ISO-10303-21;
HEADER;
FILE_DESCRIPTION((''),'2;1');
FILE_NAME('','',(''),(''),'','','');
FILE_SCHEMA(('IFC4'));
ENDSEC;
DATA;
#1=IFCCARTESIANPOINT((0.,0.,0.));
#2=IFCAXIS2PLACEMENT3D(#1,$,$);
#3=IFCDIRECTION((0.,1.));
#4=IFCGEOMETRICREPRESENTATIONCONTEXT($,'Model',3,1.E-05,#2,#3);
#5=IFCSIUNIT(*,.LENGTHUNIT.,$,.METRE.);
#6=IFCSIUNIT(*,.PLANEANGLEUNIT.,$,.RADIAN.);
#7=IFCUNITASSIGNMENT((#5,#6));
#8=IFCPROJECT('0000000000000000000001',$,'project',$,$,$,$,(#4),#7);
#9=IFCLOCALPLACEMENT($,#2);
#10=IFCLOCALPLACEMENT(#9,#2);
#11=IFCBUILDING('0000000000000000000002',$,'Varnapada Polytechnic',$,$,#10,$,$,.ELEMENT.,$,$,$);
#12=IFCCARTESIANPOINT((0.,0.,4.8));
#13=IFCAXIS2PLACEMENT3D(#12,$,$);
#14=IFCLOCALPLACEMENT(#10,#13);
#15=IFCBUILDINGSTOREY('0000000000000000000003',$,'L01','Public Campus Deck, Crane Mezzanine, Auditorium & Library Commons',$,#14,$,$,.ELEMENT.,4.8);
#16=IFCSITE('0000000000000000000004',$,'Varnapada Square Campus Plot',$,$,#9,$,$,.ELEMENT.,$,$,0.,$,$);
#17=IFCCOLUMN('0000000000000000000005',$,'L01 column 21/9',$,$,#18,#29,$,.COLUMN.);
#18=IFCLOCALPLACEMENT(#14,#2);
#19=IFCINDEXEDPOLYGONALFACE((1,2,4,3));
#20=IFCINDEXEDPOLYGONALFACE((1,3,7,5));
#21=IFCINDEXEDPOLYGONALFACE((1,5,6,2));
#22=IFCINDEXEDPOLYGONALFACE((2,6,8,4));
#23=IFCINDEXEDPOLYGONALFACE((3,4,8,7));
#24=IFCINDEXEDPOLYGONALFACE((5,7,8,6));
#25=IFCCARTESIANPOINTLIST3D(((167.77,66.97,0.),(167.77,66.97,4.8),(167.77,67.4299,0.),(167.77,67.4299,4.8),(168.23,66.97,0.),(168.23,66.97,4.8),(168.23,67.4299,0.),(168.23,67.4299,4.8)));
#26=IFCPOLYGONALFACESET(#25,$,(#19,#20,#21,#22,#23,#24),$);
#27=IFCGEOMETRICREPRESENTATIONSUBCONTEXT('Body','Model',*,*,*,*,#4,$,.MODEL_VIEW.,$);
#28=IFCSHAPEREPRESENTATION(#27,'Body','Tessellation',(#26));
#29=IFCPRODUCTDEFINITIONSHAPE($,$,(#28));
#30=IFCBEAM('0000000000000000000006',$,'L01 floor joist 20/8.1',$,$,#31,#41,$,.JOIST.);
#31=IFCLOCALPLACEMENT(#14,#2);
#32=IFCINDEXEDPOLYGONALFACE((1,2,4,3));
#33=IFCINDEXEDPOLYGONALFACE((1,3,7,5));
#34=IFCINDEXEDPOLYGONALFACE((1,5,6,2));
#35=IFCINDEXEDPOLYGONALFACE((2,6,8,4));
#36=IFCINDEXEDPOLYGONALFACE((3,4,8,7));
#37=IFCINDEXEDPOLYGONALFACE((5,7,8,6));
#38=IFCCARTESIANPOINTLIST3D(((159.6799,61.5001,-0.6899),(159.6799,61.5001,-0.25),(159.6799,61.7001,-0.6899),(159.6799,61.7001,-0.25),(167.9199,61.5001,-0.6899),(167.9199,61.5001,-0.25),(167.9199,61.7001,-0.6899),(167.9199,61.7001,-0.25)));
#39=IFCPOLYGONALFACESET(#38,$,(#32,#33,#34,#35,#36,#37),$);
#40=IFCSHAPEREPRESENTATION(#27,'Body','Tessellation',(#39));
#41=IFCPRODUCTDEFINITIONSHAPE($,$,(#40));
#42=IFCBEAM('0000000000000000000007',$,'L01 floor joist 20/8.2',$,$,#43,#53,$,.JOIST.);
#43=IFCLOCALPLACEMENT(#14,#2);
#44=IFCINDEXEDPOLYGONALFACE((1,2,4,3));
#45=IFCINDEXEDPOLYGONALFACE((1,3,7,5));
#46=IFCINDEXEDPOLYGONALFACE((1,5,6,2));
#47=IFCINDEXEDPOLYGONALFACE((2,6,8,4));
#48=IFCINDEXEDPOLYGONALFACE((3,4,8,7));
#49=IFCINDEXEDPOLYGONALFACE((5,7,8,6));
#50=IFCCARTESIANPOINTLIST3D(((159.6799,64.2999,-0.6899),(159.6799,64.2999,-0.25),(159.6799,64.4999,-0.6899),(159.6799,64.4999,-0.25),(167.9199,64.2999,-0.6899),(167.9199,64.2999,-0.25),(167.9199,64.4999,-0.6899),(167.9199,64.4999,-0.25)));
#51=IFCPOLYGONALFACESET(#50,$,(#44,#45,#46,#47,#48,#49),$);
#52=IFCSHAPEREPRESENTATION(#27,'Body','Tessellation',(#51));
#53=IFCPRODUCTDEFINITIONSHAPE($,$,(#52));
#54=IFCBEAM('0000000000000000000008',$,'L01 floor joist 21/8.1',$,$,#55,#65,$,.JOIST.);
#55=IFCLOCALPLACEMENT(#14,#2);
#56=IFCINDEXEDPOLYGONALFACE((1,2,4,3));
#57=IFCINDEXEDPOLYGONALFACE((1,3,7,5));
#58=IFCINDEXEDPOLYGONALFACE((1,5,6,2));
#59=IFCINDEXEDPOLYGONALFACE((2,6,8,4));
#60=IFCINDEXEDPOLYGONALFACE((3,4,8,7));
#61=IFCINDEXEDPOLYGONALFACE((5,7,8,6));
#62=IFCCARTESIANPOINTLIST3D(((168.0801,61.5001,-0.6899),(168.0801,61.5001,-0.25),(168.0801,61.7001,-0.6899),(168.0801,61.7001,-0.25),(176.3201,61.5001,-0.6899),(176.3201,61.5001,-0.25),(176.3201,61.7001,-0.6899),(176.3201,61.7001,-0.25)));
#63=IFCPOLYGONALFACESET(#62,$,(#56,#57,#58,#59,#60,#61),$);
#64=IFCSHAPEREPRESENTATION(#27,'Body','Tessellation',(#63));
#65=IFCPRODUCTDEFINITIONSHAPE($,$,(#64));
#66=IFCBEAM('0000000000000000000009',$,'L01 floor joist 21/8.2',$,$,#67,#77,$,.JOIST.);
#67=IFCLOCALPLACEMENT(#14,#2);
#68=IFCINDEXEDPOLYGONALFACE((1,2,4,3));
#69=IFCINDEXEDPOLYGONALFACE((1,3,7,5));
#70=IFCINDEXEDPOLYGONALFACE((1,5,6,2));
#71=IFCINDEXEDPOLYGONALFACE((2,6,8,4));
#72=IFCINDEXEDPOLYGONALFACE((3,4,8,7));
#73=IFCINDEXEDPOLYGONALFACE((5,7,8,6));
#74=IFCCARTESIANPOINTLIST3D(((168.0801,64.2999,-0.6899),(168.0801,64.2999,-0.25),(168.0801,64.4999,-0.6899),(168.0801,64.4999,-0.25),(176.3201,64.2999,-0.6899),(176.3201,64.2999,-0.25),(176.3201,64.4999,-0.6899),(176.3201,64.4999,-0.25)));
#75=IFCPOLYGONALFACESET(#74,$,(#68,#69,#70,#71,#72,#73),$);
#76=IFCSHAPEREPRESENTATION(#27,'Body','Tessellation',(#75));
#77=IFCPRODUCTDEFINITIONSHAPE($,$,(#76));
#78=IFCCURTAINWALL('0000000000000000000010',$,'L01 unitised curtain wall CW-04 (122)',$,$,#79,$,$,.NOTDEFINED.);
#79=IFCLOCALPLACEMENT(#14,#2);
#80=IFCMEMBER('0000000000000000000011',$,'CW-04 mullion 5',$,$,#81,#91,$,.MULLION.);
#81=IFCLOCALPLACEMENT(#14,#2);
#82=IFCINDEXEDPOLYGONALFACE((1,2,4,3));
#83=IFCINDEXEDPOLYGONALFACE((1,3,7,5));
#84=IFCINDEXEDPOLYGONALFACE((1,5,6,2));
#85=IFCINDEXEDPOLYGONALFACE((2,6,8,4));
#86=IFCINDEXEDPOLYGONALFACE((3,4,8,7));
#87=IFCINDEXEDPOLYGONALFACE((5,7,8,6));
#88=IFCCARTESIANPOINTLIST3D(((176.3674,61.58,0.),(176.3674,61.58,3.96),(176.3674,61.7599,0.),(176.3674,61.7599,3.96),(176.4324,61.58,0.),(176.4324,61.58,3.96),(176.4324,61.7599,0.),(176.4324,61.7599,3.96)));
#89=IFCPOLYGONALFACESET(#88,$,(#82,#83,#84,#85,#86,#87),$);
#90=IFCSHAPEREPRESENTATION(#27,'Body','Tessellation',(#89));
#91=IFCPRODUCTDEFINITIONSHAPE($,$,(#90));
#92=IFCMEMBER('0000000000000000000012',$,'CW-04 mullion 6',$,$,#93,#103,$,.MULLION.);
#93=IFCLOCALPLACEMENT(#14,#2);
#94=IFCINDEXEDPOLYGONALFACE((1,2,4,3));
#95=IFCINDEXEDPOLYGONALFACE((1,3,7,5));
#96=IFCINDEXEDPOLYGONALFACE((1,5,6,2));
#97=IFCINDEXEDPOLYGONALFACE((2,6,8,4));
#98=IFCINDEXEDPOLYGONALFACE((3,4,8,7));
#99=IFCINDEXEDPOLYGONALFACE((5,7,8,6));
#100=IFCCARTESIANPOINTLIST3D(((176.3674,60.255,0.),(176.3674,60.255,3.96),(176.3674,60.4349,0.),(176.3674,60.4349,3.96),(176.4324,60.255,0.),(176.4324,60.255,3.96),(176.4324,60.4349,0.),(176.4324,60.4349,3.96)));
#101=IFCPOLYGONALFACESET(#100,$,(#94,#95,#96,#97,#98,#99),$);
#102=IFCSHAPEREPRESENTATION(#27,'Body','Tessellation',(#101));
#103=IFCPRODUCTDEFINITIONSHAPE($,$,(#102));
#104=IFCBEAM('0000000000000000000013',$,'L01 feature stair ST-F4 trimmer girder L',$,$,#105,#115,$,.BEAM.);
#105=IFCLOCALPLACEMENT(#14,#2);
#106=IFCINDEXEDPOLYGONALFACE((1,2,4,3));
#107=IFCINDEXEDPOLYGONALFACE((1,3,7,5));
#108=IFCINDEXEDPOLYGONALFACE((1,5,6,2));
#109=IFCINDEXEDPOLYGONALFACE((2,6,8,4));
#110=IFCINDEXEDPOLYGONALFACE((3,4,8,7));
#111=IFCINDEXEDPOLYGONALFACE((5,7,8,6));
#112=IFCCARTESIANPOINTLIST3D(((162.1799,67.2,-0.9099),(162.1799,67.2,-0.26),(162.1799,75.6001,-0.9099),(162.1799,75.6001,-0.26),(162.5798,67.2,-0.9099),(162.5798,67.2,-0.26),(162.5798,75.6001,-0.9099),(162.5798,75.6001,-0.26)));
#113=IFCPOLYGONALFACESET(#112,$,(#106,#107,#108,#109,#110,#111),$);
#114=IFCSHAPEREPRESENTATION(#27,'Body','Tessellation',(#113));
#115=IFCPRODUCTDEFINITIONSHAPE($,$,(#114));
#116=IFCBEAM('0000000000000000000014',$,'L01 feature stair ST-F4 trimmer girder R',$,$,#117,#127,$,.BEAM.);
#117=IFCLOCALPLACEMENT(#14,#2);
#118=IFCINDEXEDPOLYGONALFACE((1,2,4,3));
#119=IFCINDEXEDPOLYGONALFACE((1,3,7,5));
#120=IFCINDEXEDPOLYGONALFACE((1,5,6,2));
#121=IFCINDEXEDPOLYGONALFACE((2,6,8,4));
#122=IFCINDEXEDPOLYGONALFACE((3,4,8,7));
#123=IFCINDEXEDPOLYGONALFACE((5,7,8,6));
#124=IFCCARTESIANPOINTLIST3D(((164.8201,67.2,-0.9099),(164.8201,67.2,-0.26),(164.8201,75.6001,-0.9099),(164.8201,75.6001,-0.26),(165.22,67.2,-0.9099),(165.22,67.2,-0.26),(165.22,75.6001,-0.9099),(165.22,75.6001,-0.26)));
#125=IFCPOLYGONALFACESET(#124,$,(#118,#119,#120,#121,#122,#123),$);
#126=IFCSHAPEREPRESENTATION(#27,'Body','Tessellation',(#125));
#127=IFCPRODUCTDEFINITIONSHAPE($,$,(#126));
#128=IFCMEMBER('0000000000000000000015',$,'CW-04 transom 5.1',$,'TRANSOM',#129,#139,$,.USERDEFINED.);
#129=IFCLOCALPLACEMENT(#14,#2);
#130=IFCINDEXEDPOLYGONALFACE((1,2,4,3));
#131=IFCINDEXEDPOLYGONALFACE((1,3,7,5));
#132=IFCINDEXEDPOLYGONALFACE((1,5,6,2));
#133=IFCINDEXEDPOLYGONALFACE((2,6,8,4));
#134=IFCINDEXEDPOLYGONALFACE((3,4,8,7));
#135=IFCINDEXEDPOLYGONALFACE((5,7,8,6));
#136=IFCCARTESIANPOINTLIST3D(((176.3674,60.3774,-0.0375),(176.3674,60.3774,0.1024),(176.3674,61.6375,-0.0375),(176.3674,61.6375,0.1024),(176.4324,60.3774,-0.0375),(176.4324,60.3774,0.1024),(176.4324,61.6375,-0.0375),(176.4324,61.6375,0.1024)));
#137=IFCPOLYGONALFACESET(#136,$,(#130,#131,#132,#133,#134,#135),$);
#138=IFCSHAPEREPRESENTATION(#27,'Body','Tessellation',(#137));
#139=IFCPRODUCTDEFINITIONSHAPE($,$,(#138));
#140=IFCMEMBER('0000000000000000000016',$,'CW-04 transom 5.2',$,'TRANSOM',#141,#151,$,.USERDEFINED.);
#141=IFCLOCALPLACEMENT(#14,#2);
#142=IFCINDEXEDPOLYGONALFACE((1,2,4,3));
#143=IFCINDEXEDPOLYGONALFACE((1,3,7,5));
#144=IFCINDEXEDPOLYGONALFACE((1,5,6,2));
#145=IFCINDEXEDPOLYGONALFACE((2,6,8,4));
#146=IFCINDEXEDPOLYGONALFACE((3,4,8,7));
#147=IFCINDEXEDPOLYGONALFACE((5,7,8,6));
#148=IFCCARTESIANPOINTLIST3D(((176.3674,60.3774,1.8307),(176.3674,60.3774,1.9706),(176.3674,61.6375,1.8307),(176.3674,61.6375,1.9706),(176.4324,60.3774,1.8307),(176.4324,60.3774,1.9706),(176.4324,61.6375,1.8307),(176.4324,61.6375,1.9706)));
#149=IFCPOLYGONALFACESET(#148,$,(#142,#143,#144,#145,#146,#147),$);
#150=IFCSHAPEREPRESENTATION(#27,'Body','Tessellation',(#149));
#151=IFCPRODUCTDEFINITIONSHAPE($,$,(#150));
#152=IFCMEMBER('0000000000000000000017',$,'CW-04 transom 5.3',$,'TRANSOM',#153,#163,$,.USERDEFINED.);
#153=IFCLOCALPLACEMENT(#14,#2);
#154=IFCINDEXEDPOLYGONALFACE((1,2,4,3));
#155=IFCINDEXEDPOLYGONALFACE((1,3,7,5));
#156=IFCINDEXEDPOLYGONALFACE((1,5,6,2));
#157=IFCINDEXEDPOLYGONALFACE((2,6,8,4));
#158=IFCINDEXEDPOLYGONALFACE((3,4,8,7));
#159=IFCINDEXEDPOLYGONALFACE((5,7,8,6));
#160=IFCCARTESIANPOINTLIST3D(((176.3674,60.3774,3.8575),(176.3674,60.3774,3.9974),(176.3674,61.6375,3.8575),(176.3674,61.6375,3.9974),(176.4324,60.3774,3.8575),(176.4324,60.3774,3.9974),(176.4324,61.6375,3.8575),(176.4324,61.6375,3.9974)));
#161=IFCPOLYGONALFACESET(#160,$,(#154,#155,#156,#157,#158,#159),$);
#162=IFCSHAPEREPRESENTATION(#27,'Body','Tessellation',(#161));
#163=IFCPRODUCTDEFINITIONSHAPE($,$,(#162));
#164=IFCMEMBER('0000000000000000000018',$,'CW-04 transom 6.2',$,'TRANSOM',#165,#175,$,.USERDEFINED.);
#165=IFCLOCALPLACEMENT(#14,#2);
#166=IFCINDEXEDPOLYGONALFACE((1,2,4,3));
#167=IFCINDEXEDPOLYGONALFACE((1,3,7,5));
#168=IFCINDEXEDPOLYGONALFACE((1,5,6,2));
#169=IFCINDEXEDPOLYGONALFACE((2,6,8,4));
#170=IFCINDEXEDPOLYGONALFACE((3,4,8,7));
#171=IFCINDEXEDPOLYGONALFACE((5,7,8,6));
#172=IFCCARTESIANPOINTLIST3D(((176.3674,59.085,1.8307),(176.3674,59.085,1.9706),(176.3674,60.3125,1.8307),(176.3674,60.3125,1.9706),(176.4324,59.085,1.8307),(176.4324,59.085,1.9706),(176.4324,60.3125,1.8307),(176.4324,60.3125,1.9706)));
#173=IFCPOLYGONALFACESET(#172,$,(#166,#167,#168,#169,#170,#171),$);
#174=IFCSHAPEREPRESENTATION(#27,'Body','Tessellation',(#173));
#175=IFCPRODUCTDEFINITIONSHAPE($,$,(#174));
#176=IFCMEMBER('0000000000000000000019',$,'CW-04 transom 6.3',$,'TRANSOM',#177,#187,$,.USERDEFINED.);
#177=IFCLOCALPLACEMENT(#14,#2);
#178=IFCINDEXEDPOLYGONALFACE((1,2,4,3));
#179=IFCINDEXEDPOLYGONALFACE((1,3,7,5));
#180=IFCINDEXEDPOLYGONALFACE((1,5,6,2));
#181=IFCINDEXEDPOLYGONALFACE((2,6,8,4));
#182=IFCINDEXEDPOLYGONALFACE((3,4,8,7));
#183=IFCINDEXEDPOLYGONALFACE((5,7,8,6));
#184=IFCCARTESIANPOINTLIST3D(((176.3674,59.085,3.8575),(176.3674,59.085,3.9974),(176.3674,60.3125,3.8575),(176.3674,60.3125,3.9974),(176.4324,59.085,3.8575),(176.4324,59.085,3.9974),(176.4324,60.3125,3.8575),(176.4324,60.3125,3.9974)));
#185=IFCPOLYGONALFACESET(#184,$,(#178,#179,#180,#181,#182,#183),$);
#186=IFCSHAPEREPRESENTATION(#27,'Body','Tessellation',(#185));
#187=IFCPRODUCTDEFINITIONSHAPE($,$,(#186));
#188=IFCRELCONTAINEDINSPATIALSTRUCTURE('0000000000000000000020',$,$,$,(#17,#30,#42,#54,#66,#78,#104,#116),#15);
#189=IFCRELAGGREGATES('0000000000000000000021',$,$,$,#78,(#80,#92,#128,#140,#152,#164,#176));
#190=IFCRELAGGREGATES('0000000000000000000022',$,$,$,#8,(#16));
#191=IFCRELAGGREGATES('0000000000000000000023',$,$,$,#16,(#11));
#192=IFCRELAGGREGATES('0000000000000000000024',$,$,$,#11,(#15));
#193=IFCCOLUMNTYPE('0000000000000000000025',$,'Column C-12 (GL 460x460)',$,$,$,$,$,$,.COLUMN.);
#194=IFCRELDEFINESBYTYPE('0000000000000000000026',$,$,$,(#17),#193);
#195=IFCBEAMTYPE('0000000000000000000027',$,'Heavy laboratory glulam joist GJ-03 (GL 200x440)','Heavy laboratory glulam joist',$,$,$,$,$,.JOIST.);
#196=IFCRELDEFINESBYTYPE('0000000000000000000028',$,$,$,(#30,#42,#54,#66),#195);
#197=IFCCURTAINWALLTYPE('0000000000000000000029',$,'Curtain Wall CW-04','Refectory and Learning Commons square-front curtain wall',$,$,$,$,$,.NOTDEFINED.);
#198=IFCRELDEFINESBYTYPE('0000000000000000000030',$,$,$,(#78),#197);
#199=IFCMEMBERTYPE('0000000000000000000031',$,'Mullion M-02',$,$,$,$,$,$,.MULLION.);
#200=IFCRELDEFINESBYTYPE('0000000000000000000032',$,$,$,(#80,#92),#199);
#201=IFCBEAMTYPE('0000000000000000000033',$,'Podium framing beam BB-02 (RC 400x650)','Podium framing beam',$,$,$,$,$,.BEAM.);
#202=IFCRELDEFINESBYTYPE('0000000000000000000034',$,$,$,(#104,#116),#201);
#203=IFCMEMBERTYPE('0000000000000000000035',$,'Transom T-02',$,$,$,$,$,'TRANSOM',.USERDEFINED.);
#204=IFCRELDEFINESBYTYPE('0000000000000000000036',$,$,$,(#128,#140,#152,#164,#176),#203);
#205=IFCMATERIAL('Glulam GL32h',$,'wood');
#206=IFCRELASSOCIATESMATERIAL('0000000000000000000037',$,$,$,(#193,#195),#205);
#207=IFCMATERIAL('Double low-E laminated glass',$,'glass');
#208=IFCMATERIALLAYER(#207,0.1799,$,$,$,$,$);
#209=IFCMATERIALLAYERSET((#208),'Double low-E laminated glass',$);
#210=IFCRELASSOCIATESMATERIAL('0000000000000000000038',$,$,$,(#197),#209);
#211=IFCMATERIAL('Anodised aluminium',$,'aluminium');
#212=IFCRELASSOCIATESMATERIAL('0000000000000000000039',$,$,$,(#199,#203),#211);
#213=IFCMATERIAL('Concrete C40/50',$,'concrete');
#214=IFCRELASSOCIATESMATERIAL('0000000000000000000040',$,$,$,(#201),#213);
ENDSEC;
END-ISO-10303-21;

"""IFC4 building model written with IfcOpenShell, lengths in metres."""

from ifc_helpers import new_model, si_unit, direction, frame, origin, origin_2d, place, context, subcontext, project, spatial, rectangle, extrude, material, layer, layer_set, material_profile, profile_set, type_object, element, aggregate, save


model = new_model("IFC4")

# Units and contexts
model_context = context("Model", 3, precision=1e-05, world=origin(), true_north=direction((0.0, 1.0)))
body_context = subcontext(model_context, "Body", "Model", "MODEL_VIEW")
ifc_project = project(units=[si_unit("LENGTHUNIT", "METRE"), si_unit("PLANEANGLEUNIT", "RADIAN")], contexts=[model_context])

# Site, building, storey
site_placement = place(None, origin())
site = spatial("IfcSite", under=ifc_project, at=site_placement, Name="Varnapada Square Campus Plot", CompositionType="ELEMENT", RefElevation=0.0)
building_placement = place(site_placement, origin())
building = spatial("IfcBuilding", under=site, at=building_placement, Name="Varnapada Polytechnic", CompositionType="ELEMENT")
storey_placement = place(building_placement, frame((0.0, 0.0, 4.8)))
storey = spatial("IfcBuildingStorey", under=building, at=storey_placement, Name="L01", Description="Public Campus Deck, Crane Mezzanine, Auditorium & Library Commons", CompositionType="ELEMENT", Elevation=4.8)

# Column
ifc_material_1 = material(Name="Glulam GL32h", Category="wood")
ifc_material_profile_1 = material_profile(ifc_material_1, rectangle(XDim=0.46, YDim=0.46, at=origin_2d()), Name="GL 460x460")
ifc_profile_set_1 = profile_set([ifc_material_profile_1], Name="Glulam GL32h")
column_type = type_object("IfcColumnType", Name="Column C-12 (GL 460x460)", PredefinedType="COLUMN", material=ifc_profile_set_1)
column_placement = place(storey_placement, frame((168.0, 67.2, 0.0), z_axis=(0.0, 0.0, 1.0), x_axis=(1.0, 0.0, 0.0)))
element("IfcColumn", 1, at=column_placement, inside=storey, type_object=column_type, Name="L01 column 21/9", PredefinedType="COLUMN", context=body_context, shape_type="SweptSolid", body=[
    extrude(rectangle(XDim=0.46, YDim=0.46, at=origin_2d()), origin(), (0.0, 0.0, 1.0), 4.8),
])

# Beams
ifc_material_profile_2 = material_profile(ifc_material_1, rectangle(XDim=0.2, YDim=0.4399, at=origin_2d()), Name="GL 200x440")
ifc_profile_set_2 = profile_set([ifc_material_profile_2], Name="Glulam GL32h")
beam_type_1 = type_object("IfcBeamType", Name="Heavy laboratory glulam joist GJ-03 (GL 200x440)", Description="Heavy laboratory glulam joist", PredefinedType="JOIST", material=ifc_profile_set_2)
for number, where, z_axis, x_axis, name in (
    (2, (159.6799, 61.6001, -0.47), (1.0, 0.0, 0.0), (0.0, 1.0, 0.0), "L01 floor joist 20/8.1"),
    (3, (159.6799, 64.3999, -0.47), (1.0, 0.0, 0.0), (0.0, 1.0, 0.0), "L01 floor joist 20/8.2"),
    (4, (168.0801, 61.6001, -0.47), (1.0, 0.0, 0.0), (0.0, 1.0, 0.0), "L01 floor joist 21/8.1"),
    (5, (168.0801, 64.3999, -0.47), (1.0, 0.0, 0.0), (0.0, 1.0, 0.0), "L01 floor joist 21/8.2"),
):
    element("IfcBeam", number, at=place(storey_placement, frame(where, z_axis=z_axis, x_axis=x_axis)), inside=storey, type_object=beam_type_1, Name=name, PredefinedType="JOIST", context=body_context, shape_type="SweptSolid", body=[
        extrude(rectangle(XDim=0.2, YDim=0.4399, at=origin_2d()), origin(), (0.0, 0.0, 1.0), 8.24),
    ])

# Curtain wall, members
ifc_material_2 = material(Name="Double low-E laminated glass", Category="glass")
ifc_layer_1 = layer(ifc_material_2, 0.1799)
ifc_layer_set_1 = layer_set([ifc_layer_1], Name="Double low-E laminated glass")
curtain_wall_type = type_object("IfcCurtainWallType", Name="Curtain Wall CW-04", Description="Refectory and Learning Commons square-front curtain wall", PredefinedType="NOTDEFINED", material=ifc_layer_set_1)
curtain_wall_placement = place(storey_placement, origin())
curtain_wall = element("IfcCurtainWall", 6, at=curtain_wall_placement, inside=storey, type_object=curtain_wall_type, Name="L01 unitised curtain wall CW-04 (122)", PredefinedType="NOTDEFINED")
ifc_material_3 = material(Name="Anodised aluminium", Category="aluminium")
ifc_material_profile_3 = material_profile(ifc_material_3, rectangle(XDim=0.0649, YDim=0.1799, at=origin_2d()), Name="ALU M65x180")
ifc_profile_set_3 = profile_set([ifc_material_profile_3], Name="Anodised aluminium")
member_type_1 = type_object("IfcMemberType", Name="Mullion M-02", PredefinedType="MULLION", material=ifc_profile_set_3)
member_1_placement = place(storey_placement, frame((176.3999, 61.6699, 0.0), z_axis=(0.0, 0.0, 1.0), x_axis=(1.0, 0.0, 0.0)))
member_1 = element("IfcMember", 7, at=member_1_placement, type_object=member_type_1, Name="CW-04 mullion 5", PredefinedType="MULLION", context=body_context, shape_type="SweptSolid", body=[
    extrude(rectangle(XDim=0.0649, YDim=0.1799, at=origin_2d()), origin(), (0.0, 0.0, 1.0), 3.96),
])
member_2_placement = place(storey_placement, frame((176.3999, 60.345, 0.0), z_axis=(0.0, 0.0, 1.0), x_axis=(1.0, 0.0, 0.0)))
member_2 = element("IfcMember", 8, at=member_2_placement, type_object=member_type_1, Name="CW-04 mullion 6", PredefinedType="MULLION", context=body_context, shape_type="SweptSolid", body=[
    extrude(rectangle(XDim=0.0649, YDim=0.1799, at=origin_2d()), origin(), (0.0, 0.0, 1.0), 3.96),
])

# Beams
ifc_material_4 = material(Name="Concrete C40/50", Category="concrete")
ifc_material_profile_4 = material_profile(ifc_material_4, rectangle(XDim=0.3999, YDim=0.6499, at=origin_2d()), Name="RC 400x650")
ifc_profile_set_4 = profile_set([ifc_material_profile_4], Name="Concrete C40/50")
beam_type_2 = type_object("IfcBeamType", Name="Podium framing beam BB-02 (RC 400x650)", Description="Podium framing beam", PredefinedType="BEAM", material=ifc_profile_set_4)
for number, where, z_axis, x_axis, name in (
    (9, (162.3799, 67.2, -0.585), (0.0, 1.0, 0.0), (-1.0, 0.0, 0.0), "L01 feature stair ST-F4 trimmer girder L"),
    (10, (165.02, 67.2, -0.585), (0.0, 1.0, 0.0), (-1.0, 0.0, 0.0), "L01 feature stair ST-F4 trimmer girder R"),
):
    element("IfcBeam", number, at=place(storey_placement, frame(where, z_axis=z_axis, x_axis=x_axis)), inside=storey, type_object=beam_type_2, Name=name, PredefinedType="BEAM", context=body_context, shape_type="SweptSolid", body=[
        extrude(rectangle(XDim=0.3999, YDim=0.6499, at=origin_2d()), origin(), (0.0, 0.0, 1.0), 8.4001),
    ])

# Members
ifc_material_profile_5 = material_profile(ifc_material_3, rectangle(XDim=0.0649, YDim=0.1399, at=origin_2d()), Name="ALU T65x140")
ifc_profile_set_5 = profile_set([ifc_material_profile_5], Name="Anodised aluminium")
member_type_2 = type_object("IfcMemberType", Name="Transom T-02", ElementType="TRANSOM", PredefinedType="USERDEFINED", material=ifc_profile_set_5)
member_3_placement = place(storey_placement, frame((176.3999, 61.6375, 0.0325), z_axis=(0.0, -1.0, 0.0), x_axis=(1.0, 0.0, 0.0)))
member_3 = element("IfcMember", 11, at=member_3_placement, type_object=member_type_2, Name="CW-04 transom 5.1", ObjectType="TRANSOM", PredefinedType="USERDEFINED", context=body_context, shape_type="SweptSolid", body=[
    extrude(rectangle(XDim=0.0649, YDim=0.1399, at=origin_2d()), origin(), (0.0, 0.0, 1.0), 1.26),
])
member_4_placement = place(storey_placement, frame((176.3999, 61.6375, 1.9006), z_axis=(0.0, -1.0, 0.0), x_axis=(1.0, 0.0, 0.0)))
member_4 = element("IfcMember", 12, at=member_4_placement, type_object=member_type_2, Name="CW-04 transom 5.2", ObjectType="TRANSOM", PredefinedType="USERDEFINED", context=body_context, shape_type="SweptSolid", body=[
    extrude(rectangle(XDim=0.0649, YDim=0.1399, at=origin_2d()), origin(), (0.0, 0.0, 1.0), 1.26),
])
member_5_placement = place(storey_placement, frame((176.3999, 61.6375, 3.9275), z_axis=(0.0, -1.0, 0.0), x_axis=(1.0, 0.0, 0.0)))
member_5 = element("IfcMember", 13, at=member_5_placement, type_object=member_type_2, Name="CW-04 transom 5.3", ObjectType="TRANSOM", PredefinedType="USERDEFINED", context=body_context, shape_type="SweptSolid", body=[
    extrude(rectangle(XDim=0.0649, YDim=0.1399, at=origin_2d()), origin(), (0.0, 0.0, 1.0), 1.26),
])
member_6_placement = place(storey_placement, frame((176.3999, 60.3125, 1.9006), z_axis=(0.0, -1.0, 0.0), x_axis=(1.0, 0.0, 0.0)))
member_6 = element("IfcMember", 14, at=member_6_placement, type_object=member_type_2, Name="CW-04 transom 6.2", ObjectType="TRANSOM", PredefinedType="USERDEFINED", context=body_context, shape_type="SweptSolid", body=[
    extrude(rectangle(XDim=0.0649, YDim=0.1399, at=origin_2d()), origin(), (0.0, 0.0, 1.0), 1.2275),
])
member_7_placement = place(storey_placement, frame((176.3999, 60.3125, 3.9275), z_axis=(0.0, -1.0, 0.0), x_axis=(1.0, 0.0, 0.0)))
member_7 = element("IfcMember", 15, at=member_7_placement, type_object=member_type_2, Name="CW-04 transom 6.3", ObjectType="TRANSOM", PredefinedType="USERDEFINED", context=body_context, shape_type="SweptSolid", body=[
    extrude(rectangle(XDim=0.0649, YDim=0.1399, at=origin_2d()), origin(), (0.0, 0.0, 1.0), 1.2275),
])

aggregate(curtain_wall, [member_1, member_2, member_3, member_4, member_5, member_6, member_7])

save(model, "model.ifc")
